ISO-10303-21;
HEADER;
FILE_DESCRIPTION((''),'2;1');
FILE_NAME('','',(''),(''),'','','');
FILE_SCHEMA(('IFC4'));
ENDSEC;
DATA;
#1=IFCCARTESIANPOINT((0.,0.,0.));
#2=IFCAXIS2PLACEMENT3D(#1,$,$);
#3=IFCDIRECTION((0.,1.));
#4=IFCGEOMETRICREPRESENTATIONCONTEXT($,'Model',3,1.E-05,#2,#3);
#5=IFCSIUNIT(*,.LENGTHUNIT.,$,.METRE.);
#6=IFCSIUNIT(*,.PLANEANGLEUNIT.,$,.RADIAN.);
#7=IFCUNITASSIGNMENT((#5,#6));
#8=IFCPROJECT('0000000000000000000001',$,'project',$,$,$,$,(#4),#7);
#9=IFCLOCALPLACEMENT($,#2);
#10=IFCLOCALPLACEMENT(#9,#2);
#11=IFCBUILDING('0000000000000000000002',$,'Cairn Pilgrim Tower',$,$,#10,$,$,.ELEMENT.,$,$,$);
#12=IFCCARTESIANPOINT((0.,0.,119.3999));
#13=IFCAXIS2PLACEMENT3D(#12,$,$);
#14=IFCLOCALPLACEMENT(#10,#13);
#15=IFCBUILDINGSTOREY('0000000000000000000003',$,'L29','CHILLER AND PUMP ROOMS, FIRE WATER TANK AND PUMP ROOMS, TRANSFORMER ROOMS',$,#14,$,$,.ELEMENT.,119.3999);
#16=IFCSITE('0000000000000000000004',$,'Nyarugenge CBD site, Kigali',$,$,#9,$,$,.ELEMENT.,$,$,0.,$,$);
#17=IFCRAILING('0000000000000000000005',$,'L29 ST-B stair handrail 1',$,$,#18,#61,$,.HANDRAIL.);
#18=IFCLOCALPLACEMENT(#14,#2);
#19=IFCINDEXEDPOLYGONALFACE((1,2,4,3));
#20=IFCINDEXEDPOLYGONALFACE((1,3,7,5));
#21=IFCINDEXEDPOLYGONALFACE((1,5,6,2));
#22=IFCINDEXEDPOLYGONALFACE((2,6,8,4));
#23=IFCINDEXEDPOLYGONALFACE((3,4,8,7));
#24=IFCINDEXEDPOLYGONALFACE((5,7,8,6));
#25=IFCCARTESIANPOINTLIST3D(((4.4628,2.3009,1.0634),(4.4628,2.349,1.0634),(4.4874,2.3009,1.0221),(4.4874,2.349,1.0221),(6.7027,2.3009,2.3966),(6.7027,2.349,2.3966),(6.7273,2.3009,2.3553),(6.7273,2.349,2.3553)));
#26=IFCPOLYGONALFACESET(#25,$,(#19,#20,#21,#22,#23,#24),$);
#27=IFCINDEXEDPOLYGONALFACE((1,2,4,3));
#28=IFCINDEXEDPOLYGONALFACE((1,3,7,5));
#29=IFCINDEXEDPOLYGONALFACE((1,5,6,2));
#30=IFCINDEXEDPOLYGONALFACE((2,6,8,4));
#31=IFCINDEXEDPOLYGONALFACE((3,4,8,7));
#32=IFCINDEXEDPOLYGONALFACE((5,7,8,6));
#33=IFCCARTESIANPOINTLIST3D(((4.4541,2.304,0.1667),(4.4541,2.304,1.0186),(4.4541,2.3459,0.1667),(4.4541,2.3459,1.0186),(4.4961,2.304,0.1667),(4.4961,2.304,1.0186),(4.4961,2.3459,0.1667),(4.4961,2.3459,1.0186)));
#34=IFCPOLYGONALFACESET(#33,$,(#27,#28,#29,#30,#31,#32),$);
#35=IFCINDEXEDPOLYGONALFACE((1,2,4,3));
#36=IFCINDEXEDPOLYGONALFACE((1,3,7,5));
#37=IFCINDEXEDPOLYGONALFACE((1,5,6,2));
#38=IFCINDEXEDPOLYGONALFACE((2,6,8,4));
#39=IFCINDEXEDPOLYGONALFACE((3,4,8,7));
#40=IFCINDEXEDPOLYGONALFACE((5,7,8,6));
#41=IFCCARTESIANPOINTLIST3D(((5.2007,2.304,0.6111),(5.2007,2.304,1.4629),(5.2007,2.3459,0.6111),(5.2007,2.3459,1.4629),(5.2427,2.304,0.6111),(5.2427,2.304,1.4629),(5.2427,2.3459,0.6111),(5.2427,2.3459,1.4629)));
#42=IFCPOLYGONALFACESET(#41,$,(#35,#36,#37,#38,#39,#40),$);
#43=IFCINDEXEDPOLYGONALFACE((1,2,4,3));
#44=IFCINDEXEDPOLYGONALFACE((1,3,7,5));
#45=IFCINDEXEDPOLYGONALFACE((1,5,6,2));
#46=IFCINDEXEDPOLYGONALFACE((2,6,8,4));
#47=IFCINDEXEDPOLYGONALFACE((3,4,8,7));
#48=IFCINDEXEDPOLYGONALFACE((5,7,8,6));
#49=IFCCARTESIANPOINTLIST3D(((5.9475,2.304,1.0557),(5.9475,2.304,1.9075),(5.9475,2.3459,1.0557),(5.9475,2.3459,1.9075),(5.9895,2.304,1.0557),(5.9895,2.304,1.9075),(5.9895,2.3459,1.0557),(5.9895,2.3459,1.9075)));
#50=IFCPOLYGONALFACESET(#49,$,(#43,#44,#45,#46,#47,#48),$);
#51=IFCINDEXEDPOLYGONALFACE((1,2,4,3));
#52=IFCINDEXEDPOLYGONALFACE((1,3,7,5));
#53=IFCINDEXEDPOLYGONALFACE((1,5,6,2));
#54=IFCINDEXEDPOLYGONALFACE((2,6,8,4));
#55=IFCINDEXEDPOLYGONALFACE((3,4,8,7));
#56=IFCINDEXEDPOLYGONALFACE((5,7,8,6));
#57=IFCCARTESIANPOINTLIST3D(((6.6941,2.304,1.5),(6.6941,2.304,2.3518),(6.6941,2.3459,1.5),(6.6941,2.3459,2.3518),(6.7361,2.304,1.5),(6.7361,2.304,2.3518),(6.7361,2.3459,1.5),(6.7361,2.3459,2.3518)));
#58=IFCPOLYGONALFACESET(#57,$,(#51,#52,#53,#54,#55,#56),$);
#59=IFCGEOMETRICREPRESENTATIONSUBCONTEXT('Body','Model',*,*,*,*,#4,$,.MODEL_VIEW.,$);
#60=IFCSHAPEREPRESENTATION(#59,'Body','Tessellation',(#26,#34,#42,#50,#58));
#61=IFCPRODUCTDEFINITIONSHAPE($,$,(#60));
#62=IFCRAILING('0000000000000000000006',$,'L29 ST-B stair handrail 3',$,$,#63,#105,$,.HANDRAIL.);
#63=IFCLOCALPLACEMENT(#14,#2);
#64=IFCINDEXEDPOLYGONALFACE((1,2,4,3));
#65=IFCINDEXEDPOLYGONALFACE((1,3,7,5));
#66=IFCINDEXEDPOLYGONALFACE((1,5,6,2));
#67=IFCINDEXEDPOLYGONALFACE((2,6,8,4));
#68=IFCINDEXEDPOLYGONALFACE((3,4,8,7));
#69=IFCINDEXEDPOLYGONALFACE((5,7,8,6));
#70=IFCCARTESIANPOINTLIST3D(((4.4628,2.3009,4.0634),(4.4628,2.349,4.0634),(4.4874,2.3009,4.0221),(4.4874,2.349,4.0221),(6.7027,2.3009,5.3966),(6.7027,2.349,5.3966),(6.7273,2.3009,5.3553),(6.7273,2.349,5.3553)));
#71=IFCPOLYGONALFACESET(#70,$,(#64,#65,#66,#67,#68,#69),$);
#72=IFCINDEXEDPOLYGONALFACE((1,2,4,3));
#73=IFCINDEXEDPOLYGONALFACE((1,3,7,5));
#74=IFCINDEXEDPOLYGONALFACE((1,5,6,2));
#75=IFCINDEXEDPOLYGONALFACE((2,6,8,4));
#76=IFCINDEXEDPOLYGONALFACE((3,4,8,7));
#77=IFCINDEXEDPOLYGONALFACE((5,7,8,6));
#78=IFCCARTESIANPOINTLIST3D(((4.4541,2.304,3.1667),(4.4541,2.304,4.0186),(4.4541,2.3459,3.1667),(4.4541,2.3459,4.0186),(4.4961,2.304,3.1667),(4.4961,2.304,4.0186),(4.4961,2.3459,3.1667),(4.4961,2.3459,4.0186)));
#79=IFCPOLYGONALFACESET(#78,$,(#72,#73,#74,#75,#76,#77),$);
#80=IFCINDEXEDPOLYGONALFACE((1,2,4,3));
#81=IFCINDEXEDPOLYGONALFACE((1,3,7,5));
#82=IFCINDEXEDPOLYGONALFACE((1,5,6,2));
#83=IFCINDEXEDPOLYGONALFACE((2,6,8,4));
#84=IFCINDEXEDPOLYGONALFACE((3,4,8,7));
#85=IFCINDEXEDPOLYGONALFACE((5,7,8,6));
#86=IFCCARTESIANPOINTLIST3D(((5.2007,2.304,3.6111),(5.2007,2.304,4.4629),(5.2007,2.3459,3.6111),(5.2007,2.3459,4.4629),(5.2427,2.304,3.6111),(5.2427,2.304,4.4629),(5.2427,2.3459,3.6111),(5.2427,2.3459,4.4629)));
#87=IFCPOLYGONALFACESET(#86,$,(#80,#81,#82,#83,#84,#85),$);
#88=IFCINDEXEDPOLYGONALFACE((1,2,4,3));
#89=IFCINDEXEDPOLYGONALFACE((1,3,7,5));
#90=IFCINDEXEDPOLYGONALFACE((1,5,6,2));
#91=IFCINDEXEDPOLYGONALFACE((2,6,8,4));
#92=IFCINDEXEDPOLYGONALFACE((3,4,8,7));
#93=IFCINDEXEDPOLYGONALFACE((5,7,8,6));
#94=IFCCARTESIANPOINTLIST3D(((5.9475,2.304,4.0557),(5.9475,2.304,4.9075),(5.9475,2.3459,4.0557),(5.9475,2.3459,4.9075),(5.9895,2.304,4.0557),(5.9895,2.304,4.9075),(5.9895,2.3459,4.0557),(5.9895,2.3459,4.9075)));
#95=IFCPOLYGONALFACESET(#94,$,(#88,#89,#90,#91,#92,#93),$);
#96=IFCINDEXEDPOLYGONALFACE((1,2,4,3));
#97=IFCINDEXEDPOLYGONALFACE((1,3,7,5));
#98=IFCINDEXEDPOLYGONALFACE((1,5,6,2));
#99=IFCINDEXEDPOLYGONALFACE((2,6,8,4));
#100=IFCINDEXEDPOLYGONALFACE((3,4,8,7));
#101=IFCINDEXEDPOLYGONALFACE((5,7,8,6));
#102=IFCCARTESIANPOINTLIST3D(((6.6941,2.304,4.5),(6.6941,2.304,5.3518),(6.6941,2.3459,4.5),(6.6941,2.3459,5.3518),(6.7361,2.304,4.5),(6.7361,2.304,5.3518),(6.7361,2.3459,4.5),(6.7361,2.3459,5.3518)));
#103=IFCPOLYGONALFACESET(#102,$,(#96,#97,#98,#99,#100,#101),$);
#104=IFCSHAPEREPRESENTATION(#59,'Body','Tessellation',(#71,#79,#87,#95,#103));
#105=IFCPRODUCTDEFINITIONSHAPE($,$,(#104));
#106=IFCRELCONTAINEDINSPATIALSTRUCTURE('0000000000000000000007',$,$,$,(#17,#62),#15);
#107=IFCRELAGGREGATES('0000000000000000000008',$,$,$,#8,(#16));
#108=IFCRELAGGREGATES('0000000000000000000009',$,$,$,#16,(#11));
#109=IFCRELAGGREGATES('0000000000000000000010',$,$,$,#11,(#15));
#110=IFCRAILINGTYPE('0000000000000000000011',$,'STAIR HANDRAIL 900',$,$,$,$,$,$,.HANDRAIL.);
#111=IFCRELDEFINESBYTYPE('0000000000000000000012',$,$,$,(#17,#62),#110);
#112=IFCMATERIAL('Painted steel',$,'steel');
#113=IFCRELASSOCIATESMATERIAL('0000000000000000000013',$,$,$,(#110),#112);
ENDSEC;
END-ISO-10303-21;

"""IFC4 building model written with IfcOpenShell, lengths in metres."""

from ifc_helpers import new_model, si_unit, direction, frame, origin, origin_2d, place, context, subcontext, project, spatial, rectangle, extrude, material, type_object, element, save


model = new_model("IFC4")

# Units and contexts
model_context = context("Model", 3, precision=1e-05, world=origin(), true_north=direction((0.0, 1.0)))
body_context = subcontext(model_context, "Body", "Model", "MODEL_VIEW")
ifc_project = project(units=[si_unit("LENGTHUNIT", "METRE"), si_unit("PLANEANGLEUNIT", "RADIAN")], contexts=[model_context])

# Site, building, storey
site_placement = place(None, origin())
site = spatial("IfcSite", under=ifc_project, at=site_placement, Name="Nyarugenge CBD site, Kigali", CompositionType="ELEMENT", RefElevation=0.0)
building_placement = place(site_placement, origin())
building = spatial("IfcBuilding", under=site, at=building_placement, Name="Cairn Pilgrim Tower", CompositionType="ELEMENT")
storey_placement = place(building_placement, frame((0.0, 0.0, 119.3999)))
storey = spatial("IfcBuildingStorey", under=building, at=storey_placement, Name="L29", Description="CHILLER AND PUMP ROOMS, FIRE WATER TANK AND PUMP ROOMS, TRANSFORMER ROOMS", CompositionType="ELEMENT", Elevation=119.3999)

# Shared definitions
ifc_material_1 = material(Name="Painted steel", Category="steel")

# Railings
railing_type = type_object("IfcRailingType", Name="STAIR HANDRAIL 900", PredefinedType="HANDRAIL", material=ifc_material_1)
for number, where, name in (
    (1, (4.4751, 2.325, 0.1667), "L29 ST-B stair handrail 1"),
    (2, (4.4751, 2.325, 3.1667), "L29 ST-B stair handrail 3"),
):
    element("IfcRailing", number, at=place(storey_placement, frame(where)), inside=storey, type_object=railing_type, Name=name, PredefinedType="HANDRAIL", context=body_context, shape_type="SweptSolid", body=[
        extrude(rectangle(XDim=0.0481, YDim=0.0481, at=origin_2d()), frame((0.0, 0.0, 0.876), z_axis=(0.859306, 0.0, 0.511462), x_axis=(0.0, 1.0, 0.0)), (0.0, 0.0, 1.0), 2.6067),
        extrude(rectangle(XDim=0.042, YDim=0.042, at=origin_2d()), origin(), (0.0, 0.0, 1.0), 0.8518),
        extrude(rectangle(XDim=0.042, YDim=0.042, at=origin_2d()), frame((0.7466, 0.0, 0.4443)), (0.0, 0.0, 1.0), 0.8518),
        extrude(rectangle(XDim=0.042, YDim=0.042, at=origin_2d()), frame((1.4934, 0.0, 0.8889)), (0.0, 0.0, 1.0), 0.8518),
        extrude(rectangle(XDim=0.042, YDim=0.042, at=origin_2d()), frame((2.24, 0.0, 1.3333)), (0.0, 0.0, 1.0), 0.8518),
    ])

save(model, "model.ifc")
